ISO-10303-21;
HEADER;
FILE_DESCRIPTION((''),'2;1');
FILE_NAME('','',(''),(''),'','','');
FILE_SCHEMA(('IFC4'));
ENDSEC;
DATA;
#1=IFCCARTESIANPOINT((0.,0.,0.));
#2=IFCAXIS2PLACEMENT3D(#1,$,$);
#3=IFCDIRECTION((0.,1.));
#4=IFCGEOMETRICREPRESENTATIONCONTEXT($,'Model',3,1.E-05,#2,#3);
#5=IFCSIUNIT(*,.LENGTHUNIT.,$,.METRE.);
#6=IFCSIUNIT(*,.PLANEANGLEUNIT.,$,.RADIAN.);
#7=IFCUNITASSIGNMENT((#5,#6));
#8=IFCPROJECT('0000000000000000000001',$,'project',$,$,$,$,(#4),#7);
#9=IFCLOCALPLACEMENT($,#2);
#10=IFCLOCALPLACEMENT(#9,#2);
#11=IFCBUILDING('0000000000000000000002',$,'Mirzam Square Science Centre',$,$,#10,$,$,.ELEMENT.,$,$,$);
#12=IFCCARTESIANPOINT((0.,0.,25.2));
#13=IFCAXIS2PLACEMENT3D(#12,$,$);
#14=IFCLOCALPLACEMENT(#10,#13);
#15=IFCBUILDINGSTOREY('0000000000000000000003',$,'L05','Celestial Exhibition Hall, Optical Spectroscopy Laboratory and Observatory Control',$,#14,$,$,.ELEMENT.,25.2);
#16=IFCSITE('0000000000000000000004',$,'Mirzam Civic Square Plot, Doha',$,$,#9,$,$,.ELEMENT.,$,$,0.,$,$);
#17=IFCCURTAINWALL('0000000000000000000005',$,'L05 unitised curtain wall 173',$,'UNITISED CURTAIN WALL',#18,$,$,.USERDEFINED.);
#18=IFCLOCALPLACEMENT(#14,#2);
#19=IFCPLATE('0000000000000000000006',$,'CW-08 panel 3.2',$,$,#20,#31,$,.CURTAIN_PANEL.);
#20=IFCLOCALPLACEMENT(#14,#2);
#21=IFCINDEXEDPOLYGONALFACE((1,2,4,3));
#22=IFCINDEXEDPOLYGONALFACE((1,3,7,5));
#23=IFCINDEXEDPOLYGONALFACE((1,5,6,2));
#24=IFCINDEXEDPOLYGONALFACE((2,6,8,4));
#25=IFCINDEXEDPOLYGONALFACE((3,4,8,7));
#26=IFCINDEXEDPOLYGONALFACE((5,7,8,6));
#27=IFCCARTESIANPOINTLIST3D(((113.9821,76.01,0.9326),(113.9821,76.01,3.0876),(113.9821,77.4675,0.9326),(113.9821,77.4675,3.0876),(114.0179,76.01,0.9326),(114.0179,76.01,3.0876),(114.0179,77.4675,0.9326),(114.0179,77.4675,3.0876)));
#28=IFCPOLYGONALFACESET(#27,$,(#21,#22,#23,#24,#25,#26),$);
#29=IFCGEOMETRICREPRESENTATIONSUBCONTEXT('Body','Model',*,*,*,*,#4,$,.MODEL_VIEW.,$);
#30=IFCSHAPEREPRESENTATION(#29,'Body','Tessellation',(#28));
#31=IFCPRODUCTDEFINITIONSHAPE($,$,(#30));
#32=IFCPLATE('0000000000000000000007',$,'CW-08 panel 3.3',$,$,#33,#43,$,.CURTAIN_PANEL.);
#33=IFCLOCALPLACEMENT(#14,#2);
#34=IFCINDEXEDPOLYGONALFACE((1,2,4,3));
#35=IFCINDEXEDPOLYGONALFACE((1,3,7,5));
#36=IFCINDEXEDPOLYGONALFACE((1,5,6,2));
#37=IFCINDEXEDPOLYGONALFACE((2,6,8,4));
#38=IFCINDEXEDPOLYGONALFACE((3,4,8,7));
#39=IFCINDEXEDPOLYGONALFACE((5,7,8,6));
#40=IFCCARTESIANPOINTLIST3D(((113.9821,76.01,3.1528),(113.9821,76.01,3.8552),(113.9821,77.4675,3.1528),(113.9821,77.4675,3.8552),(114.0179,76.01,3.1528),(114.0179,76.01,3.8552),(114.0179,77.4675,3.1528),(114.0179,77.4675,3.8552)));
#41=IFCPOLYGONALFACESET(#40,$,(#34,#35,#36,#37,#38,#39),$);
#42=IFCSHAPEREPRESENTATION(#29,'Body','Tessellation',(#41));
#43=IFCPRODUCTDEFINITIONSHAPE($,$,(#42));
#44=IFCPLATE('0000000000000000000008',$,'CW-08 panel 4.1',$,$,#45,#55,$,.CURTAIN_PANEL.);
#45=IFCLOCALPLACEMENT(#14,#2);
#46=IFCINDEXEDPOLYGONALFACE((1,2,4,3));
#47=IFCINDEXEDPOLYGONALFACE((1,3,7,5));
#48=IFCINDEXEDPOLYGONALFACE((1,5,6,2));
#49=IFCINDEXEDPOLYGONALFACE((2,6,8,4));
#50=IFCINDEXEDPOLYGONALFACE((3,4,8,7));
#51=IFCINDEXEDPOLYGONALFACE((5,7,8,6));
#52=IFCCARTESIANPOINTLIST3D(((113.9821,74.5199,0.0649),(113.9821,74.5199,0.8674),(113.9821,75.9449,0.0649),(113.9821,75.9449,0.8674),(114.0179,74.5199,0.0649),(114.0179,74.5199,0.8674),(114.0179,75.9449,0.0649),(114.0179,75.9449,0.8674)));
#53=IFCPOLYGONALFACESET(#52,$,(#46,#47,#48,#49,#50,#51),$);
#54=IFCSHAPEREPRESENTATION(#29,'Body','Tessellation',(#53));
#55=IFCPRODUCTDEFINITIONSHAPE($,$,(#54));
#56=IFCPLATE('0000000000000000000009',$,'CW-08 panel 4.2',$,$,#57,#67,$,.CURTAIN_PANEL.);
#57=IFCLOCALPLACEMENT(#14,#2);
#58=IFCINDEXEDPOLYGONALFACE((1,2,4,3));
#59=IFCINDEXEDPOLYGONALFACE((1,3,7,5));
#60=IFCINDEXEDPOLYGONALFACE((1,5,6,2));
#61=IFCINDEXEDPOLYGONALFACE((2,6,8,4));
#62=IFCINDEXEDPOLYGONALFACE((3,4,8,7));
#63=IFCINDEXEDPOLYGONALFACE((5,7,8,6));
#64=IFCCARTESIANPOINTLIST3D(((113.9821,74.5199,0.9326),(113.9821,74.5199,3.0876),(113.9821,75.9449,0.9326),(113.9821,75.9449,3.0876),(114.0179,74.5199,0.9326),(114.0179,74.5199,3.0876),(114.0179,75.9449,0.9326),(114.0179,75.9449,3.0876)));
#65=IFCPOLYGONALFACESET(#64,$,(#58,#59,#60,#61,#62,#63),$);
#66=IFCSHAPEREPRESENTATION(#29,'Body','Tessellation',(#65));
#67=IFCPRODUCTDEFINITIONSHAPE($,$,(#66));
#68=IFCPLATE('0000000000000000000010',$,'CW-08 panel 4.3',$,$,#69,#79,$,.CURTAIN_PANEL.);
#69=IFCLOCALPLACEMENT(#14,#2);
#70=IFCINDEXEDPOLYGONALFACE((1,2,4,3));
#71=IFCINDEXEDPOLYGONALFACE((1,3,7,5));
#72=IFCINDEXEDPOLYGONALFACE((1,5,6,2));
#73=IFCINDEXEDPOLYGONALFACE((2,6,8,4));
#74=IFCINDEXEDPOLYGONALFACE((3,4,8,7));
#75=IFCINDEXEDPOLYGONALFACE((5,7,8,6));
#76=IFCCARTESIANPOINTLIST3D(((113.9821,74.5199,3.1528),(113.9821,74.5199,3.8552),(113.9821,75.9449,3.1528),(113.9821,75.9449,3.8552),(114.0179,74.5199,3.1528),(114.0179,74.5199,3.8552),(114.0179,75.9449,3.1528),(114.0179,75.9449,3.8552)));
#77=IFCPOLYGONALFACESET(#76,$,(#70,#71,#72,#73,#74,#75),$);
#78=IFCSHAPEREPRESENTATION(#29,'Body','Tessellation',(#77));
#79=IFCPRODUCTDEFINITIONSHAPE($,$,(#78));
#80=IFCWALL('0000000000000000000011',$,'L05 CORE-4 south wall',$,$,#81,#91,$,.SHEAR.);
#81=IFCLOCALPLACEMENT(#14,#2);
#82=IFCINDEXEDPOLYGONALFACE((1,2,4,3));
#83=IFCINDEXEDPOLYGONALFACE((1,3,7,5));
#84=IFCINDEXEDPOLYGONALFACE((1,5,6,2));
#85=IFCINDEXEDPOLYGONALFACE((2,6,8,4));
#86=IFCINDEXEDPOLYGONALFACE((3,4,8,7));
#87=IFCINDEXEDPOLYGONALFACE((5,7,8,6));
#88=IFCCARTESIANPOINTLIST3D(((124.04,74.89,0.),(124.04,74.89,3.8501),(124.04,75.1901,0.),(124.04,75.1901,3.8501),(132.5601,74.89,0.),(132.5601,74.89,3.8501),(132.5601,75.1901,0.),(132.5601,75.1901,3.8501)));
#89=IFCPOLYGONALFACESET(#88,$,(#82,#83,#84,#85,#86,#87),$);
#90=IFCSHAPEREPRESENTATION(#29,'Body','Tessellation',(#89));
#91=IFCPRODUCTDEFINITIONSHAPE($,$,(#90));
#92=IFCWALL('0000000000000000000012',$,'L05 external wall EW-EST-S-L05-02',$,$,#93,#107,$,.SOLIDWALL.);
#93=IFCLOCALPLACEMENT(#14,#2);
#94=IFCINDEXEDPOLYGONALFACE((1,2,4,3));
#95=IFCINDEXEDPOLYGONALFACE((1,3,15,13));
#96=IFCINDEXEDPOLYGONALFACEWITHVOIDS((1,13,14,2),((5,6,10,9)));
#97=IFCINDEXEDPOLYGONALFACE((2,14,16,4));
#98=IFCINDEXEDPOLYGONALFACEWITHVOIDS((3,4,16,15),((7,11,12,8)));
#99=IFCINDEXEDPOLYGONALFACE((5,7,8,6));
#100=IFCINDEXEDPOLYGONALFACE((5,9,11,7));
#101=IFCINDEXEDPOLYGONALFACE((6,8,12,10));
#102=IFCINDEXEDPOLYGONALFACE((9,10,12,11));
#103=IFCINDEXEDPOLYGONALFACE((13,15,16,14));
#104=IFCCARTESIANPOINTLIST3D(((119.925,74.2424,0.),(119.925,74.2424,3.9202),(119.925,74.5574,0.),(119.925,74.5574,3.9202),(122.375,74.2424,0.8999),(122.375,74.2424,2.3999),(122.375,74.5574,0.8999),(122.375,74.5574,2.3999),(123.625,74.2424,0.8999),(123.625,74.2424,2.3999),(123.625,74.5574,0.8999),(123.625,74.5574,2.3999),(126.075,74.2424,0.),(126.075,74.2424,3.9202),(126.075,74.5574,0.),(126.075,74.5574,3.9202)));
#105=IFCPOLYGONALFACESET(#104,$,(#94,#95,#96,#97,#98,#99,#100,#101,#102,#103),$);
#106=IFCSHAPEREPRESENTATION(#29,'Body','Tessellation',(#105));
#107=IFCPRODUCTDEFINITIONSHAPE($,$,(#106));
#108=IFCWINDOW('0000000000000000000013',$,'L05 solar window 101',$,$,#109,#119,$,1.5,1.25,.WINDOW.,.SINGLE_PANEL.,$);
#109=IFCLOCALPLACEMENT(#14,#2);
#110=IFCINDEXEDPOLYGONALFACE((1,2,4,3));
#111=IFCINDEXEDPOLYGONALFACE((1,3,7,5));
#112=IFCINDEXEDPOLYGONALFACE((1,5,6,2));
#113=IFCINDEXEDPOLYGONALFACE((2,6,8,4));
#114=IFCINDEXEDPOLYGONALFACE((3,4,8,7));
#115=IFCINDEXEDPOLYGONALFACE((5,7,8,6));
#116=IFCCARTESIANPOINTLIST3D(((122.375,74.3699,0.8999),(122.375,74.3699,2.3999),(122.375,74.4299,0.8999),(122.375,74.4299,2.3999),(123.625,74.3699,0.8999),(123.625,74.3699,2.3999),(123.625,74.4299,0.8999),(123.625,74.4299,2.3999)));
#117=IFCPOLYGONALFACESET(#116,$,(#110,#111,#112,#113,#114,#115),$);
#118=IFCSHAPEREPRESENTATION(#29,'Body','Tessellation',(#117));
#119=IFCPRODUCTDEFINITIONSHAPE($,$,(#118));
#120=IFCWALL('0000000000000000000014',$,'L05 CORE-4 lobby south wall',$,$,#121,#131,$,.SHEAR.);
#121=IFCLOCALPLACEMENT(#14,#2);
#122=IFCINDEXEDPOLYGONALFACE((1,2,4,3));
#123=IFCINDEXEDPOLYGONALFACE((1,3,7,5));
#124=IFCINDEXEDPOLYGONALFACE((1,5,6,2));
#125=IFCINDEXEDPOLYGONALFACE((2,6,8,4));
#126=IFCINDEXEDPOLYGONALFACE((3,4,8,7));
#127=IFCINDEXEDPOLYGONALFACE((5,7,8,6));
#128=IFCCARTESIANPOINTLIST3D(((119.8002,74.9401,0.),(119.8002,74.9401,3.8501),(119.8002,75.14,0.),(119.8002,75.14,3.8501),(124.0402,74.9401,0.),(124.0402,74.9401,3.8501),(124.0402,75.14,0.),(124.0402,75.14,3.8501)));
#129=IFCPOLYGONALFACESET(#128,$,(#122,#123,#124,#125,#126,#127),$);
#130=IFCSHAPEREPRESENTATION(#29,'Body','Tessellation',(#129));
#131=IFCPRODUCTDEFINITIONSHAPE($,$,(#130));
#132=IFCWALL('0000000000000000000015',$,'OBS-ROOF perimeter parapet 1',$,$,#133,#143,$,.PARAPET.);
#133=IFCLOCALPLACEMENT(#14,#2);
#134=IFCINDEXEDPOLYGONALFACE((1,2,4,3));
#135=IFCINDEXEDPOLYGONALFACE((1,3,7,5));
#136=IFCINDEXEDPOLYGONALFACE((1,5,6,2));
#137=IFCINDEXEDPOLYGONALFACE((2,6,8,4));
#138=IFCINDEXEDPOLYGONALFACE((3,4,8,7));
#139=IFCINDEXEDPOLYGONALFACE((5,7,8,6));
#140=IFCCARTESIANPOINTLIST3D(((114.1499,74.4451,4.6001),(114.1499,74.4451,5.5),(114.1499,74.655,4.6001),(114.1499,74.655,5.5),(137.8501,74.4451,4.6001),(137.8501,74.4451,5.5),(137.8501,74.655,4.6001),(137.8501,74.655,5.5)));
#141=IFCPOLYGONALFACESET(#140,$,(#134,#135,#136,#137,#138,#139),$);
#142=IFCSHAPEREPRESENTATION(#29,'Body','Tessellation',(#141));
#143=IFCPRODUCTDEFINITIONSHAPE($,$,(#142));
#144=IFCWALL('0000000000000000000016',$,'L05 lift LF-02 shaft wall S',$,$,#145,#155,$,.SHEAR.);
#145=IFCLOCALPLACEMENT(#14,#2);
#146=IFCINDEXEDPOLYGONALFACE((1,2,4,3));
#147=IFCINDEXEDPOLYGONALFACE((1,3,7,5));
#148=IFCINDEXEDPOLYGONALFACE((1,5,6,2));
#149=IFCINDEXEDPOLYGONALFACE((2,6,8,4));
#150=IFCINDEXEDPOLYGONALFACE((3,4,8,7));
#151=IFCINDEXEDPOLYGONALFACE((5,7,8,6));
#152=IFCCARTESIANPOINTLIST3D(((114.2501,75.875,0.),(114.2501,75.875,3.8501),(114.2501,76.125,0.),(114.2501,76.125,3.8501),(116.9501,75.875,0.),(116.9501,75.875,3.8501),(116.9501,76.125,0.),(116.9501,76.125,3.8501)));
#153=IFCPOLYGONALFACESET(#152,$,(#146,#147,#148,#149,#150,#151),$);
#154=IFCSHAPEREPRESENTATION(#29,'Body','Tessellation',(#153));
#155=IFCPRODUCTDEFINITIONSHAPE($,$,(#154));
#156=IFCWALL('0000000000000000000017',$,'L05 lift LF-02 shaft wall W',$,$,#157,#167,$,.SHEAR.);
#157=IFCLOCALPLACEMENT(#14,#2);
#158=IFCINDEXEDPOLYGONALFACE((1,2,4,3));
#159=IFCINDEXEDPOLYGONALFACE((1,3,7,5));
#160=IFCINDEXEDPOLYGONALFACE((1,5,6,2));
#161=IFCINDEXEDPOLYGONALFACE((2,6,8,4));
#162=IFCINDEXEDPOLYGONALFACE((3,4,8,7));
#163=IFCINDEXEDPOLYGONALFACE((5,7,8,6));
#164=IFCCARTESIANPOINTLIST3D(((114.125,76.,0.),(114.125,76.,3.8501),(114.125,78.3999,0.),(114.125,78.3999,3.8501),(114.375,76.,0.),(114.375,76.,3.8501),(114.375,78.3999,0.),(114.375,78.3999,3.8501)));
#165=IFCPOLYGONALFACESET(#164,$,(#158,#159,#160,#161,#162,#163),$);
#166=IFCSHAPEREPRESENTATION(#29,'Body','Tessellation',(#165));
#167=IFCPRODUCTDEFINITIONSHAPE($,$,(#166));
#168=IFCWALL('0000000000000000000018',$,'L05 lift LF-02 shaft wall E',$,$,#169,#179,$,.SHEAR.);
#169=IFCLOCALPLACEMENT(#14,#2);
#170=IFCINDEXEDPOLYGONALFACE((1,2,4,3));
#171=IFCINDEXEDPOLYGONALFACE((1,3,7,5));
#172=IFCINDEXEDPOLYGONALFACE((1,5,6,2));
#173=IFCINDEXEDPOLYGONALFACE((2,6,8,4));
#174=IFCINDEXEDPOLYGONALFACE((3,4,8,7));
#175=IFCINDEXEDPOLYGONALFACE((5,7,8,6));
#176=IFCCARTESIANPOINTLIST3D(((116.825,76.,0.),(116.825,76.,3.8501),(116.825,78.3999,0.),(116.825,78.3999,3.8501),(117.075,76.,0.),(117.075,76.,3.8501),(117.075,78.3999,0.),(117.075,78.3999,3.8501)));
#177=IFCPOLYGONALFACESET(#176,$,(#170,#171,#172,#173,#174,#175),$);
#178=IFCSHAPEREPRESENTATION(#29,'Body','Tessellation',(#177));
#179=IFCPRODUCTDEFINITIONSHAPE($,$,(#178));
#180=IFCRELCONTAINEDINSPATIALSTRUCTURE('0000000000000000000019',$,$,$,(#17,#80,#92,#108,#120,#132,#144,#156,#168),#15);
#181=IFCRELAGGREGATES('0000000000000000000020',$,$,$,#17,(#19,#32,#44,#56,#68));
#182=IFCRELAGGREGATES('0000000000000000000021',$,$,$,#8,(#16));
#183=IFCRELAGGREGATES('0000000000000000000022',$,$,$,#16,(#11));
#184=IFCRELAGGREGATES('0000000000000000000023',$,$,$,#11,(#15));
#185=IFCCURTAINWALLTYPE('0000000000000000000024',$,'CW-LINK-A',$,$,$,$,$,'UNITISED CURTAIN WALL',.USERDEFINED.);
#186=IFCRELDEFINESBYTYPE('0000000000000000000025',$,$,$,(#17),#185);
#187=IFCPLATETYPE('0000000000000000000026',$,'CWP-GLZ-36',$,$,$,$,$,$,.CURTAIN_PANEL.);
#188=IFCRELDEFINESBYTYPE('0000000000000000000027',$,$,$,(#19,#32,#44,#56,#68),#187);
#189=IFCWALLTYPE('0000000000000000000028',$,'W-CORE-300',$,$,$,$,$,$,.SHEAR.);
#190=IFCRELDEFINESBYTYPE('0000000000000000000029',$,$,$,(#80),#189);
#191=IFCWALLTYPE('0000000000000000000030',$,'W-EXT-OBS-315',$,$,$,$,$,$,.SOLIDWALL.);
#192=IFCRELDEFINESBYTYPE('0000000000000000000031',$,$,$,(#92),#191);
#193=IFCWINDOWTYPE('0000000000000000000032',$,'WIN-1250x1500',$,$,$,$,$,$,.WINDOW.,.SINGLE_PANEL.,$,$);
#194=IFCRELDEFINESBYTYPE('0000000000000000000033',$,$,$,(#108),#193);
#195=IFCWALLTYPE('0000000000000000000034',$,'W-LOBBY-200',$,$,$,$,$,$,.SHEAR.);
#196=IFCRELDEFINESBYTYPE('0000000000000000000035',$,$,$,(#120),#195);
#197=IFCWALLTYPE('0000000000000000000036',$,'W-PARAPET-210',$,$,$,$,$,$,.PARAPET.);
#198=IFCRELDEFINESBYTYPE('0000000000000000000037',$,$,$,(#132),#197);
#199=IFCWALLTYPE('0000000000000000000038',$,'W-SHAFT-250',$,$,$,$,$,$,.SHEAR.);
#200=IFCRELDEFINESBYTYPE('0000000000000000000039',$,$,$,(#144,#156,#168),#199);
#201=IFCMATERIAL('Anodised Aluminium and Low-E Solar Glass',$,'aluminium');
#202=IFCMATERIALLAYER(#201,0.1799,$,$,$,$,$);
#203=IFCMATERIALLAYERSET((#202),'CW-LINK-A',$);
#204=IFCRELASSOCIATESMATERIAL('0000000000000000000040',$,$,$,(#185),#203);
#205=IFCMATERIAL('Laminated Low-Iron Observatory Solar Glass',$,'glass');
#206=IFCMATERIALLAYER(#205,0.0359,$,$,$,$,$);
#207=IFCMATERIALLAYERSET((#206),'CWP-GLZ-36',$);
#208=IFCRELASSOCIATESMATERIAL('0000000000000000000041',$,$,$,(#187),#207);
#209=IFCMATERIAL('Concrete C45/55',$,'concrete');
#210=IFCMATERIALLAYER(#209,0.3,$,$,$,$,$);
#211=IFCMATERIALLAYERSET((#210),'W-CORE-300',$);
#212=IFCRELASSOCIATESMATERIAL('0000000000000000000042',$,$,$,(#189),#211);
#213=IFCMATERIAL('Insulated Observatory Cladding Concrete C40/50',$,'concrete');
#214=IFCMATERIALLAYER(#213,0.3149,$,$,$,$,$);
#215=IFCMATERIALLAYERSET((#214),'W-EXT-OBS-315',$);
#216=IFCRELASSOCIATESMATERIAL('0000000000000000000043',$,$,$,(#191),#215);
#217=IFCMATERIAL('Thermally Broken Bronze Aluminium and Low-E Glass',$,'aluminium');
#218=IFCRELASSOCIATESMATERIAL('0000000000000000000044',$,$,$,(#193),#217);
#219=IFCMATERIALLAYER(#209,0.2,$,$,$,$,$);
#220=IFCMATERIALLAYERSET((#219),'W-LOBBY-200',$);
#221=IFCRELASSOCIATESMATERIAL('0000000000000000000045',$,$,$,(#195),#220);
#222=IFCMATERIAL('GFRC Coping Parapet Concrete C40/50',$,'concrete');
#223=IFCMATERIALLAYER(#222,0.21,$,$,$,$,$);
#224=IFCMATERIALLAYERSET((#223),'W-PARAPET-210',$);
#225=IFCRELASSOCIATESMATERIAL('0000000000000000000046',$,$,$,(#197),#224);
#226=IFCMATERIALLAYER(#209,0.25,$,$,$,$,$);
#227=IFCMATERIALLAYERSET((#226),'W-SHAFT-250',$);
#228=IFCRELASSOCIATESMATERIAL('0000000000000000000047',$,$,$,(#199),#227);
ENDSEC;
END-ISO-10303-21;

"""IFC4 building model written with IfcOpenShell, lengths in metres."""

from ifc_helpers import new_model, si_unit, direction, frame, frame_2d, origin, origin_2d, place, context, subcontext, project, spatial, rectangle, extrude, material, layer, layer_set, type_object, element, fill, aggregate, save


model = new_model("IFC4")

# Units and contexts
model_context = context("Model", 3, precision=1e-05, world=origin(), true_north=direction((0.0, 1.0)))
body_context = subcontext(model_context, "Body", "Model", "MODEL_VIEW")
ifc_project = project(units=[si_unit("LENGTHUNIT", "METRE"), si_unit("PLANEANGLEUNIT", "RADIAN")], contexts=[model_context])

# Site, building, storey
site_placement = place(None, origin())
site = spatial("IfcSite", under=ifc_project, at=site_placement, Name="Mirzam Civic Square Plot, Doha", CompositionType="ELEMENT", RefElevation=0.0)
building_placement = place(site_placement, origin())
building = spatial("IfcBuilding", under=site, at=building_placement, Name="Mirzam Square Science Centre", CompositionType="ELEMENT")
storey_placement = place(building_placement, frame((0.0, 0.0, 25.2)))
storey = spatial("IfcBuildingStorey", under=building, at=storey_placement, Name="L05", Description="Celestial Exhibition Hall, Optical Spectroscopy Laboratory and Observatory Control", CompositionType="ELEMENT", Elevation=25.2)

# Curtain wall
ifc_material_1 = material(Name="Anodised Aluminium and Low-E Solar Glass", Category="aluminium")
ifc_layer_1 = layer(ifc_material_1, 0.1799)
ifc_layer_set_1 = layer_set([ifc_layer_1], Name="CW-LINK-A")
curtain_wall_type = type_object("IfcCurtainWallType", Name="CW-LINK-A", ElementType="UNITISED CURTAIN WALL", PredefinedType="USERDEFINED", material=ifc_layer_set_1)
curtain_wall_placement = place(storey_placement, origin())
curtain_wall = element("IfcCurtainWall", 1, at=curtain_wall_placement, inside=storey, type_object=curtain_wall_type, Name="L05 unitised curtain wall 173", ObjectType="UNITISED CURTAIN WALL", PredefinedType="USERDEFINED")

# Plates
ifc_material_2 = material(Name="Laminated Low-Iron Observatory Solar Glass", Category="glass")
ifc_layer_2 = layer(ifc_material_2, 0.0359)
ifc_layer_set_2 = layer_set([ifc_layer_2], Name="CWP-GLZ-36")
plate_type = type_object("IfcPlateType", Name="CWP-GLZ-36", PredefinedType="CURTAIN_PANEL", material=ifc_layer_set_2)
plate_1_placement = place(storey_placement, frame((114.0, 76.7388, 0.9326), z_axis=(0.0, 0.0, 1.0), x_axis=(0.0, -1.0, 0.0)))
plate_1 = element("IfcPlate", 2, at=plate_1_placement, type_object=plate_type, Name="CW-08 panel 3.2", PredefinedType="CURTAIN_PANEL", context=body_context, shape_type="SweptSolid", body=[
    extrude(rectangle(XDim=1.4575, YDim=0.0359, at=origin_2d()), origin(), (0.0, 0.0, 1.0), 2.155),
])
plate_2_placement = place(storey_placement, frame((114.0, 76.7388, 3.1528), z_axis=(0.0, 0.0, 1.0), x_axis=(0.0, -1.0, 0.0)))
plate_2 = element("IfcPlate", 3, at=plate_2_placement, type_object=plate_type, Name="CW-08 panel 3.3", PredefinedType="CURTAIN_PANEL", context=body_context, shape_type="SweptSolid", body=[
    extrude(rectangle(XDim=1.4575, YDim=0.0359, at=origin_2d()), origin(), (0.0, 0.0, 1.0), 0.7024),
])
plate_3_placement = place(storey_placement, frame((114.0, 75.2324, 0.0649), z_axis=(0.0, 0.0, 1.0), x_axis=(0.0, -1.0, 0.0)))
plate_3 = element("IfcPlate", 4, at=plate_3_placement, type_object=plate_type, Name="CW-08 panel 4.1", PredefinedType="CURTAIN_PANEL", context=body_context, shape_type="SweptSolid", body=[
    extrude(rectangle(XDim=1.425, YDim=0.0359, at=origin_2d()), origin(), (0.0, 0.0, 1.0), 0.8025),
])
plate_4_placement = place(storey_placement, frame((114.0, 75.2324, 0.9326), z_axis=(0.0, 0.0, 1.0), x_axis=(0.0, -1.0, 0.0)))
plate_4 = element("IfcPlate", 5, at=plate_4_placement, type_object=plate_type, Name="CW-08 panel 4.2", PredefinedType="CURTAIN_PANEL", context=body_context, shape_type="SweptSolid", body=[
    extrude(rectangle(XDim=1.425, YDim=0.0359, at=origin_2d()), origin(), (0.0, 0.0, 1.0), 2.155),
])
plate_5_placement = place(storey_placement, frame((114.0, 75.2324, 3.1528), z_axis=(0.0, 0.0, 1.0), x_axis=(0.0, -1.0, 0.0)))
plate_5 = element("IfcPlate", 6, at=plate_5_placement, type_object=plate_type, Name="CW-08 panel 4.3", PredefinedType="CURTAIN_PANEL", context=body_context, shape_type="SweptSolid", body=[
    extrude(rectangle(XDim=1.425, YDim=0.0359, at=origin_2d()), origin(), (0.0, 0.0, 1.0), 0.7024),
])
aggregate(curtain_wall, [plate_1, plate_2, plate_3, plate_4, plate_5])

# Wall
ifc_material_3 = material(Name="Concrete C45/55", Category="concrete")
ifc_layer_3 = layer(ifc_material_3, 0.3)
ifc_layer_set_3 = layer_set([ifc_layer_3], Name="W-CORE-300")
wall_type_1 = type_object("IfcWallType", Name="W-CORE-300", PredefinedType="SHEAR", material=ifc_layer_set_3)
wall_1_placement = place(storey_placement, frame((124.04, 75.04, 0.0), z_axis=(0.0, 0.0, 1.0), x_axis=(1.0, 0.0, 0.0)))
element("IfcWall", 7, at=wall_1_placement, inside=storey, type_object=wall_type_1, Name="L05 CORE-4 south wall", PredefinedType="SHEAR", context=body_context, shape_type="SweptSolid", body=[
    extrude(rectangle(XDim=8.52, YDim=0.3, at=frame_2d((4.26, 0.0))), origin(), (0.0, 0.0, 1.0), 3.8501),
])

# Wall, opening, window
ifc_material_4 = material(Name="Insulated Observatory Cladding Concrete C40/50", Category="concrete")
ifc_layer_4 = layer(ifc_material_4, 0.3149)
ifc_layer_set_4 = layer_set([ifc_layer_4], Name="W-EXT-OBS-315")
wall_type_2 = type_object("IfcWallType", Name="W-EXT-OBS-315", PredefinedType="SOLIDWALL", material=ifc_layer_set_4)
wall_2_placement = place(storey_placement, frame((119.925, 74.3999, 0.0), z_axis=(0.0, 0.0, 1.0), x_axis=(1.0, 0.0, 0.0)))
wall_2 = element("IfcWall", 8, at=wall_2_placement, inside=storey, type_object=wall_type_2, Name="L05 external wall EW-EST-S-L05-02", PredefinedType="SOLIDWALL", context=body_context, shape_type="SweptSolid", body=[
    extrude(rectangle(XDim=6.1499, YDim=0.3149, at=frame_2d((3.075, 0.0))), origin(), (0.0, 0.0, 1.0), 3.9202),
])
opening_placement = place(wall_2_placement, frame((2.45, 0.0, 0.8999)))
opening = element("IfcOpeningElement", 9, at=opening_placement, cuts=wall_2, PredefinedType="OPENING", context=body_context, shape_type="SweptSolid", body=[
    extrude(rectangle(XDim=1.25, YDim=1.5, at=frame_2d((0.625, 0.75))), frame((0.0, 0.1675, 0.0), z_axis=(0.0, -1.0, 0.0), x_axis=(1.0, 0.0, 0.0)), (0.0, 0.0, 1.0), 0.335),
])
ifc_material_5 = material(Name="Thermally Broken Bronze Aluminium and Low-E Glass", Category="aluminium")
window_type = type_object("IfcWindowType", Name="WIN-1250x1500", PartitioningType="SINGLE_PANEL", PredefinedType="WINDOW", material=ifc_material_5)
window_placement = place(opening_placement, origin())
window = element("IfcWindow", 10, at=window_placement, inside=storey, type_object=window_type, Name="L05 solar window 101", OverallHeight=1.5, OverallWidth=1.25, PartitioningType="SINGLE_PANEL", PredefinedType="WINDOW", context=body_context, shape_type="SweptSolid", body=[
    extrude(rectangle(XDim=1.25, YDim=1.5, at=frame_2d((0.625, 0.75))), frame((0.0, 0.03, 0.0), z_axis=(0.0, -1.0, 0.0), x_axis=(1.0, 0.0, 0.0)), (0.0, 0.0, 1.0), 0.0601),
])
fill(opening, window)

# Walls
ifc_layer_5 = layer(ifc_material_3, 0.2)
ifc_layer_set_5 = layer_set([ifc_layer_5], Name="W-LOBBY-200")
wall_type_3 = type_object("IfcWallType", Name="W-LOBBY-200", PredefinedType="SHEAR", material=ifc_layer_set_5)
wall_3_placement = place(storey_placement, frame((119.8, 75.04, 0.0), z_axis=(0.0, 0.0, 1.0), x_axis=(1.0, 0.0, 0.0)))
element("IfcWall", 11, at=wall_3_placement, inside=storey, type_object=wall_type_3, Name="L05 CORE-4 lobby south wall", PredefinedType="SHEAR", context=body_context, shape_type="SweptSolid", body=[
    extrude(rectangle(XDim=4.24, YDim=0.2, at=frame_2d((2.1201, 0.0))), origin(), (0.0, 0.0, 1.0), 3.8501),
])
ifc_material_6 = material(Name="GFRC Coping Parapet Concrete C40/50", Category="concrete")
ifc_layer_6 = layer(ifc_material_6, 0.21)
ifc_layer_set_6 = layer_set([ifc_layer_6], Name="W-PARAPET-210")
wall_type_4 = type_object("IfcWallType", Name="W-PARAPET-210", PredefinedType="PARAPET", material=ifc_layer_set_6)
wall_4_placement = place(storey_placement, frame((114.1499, 74.55, 4.6001), z_axis=(0.0, 0.0, 1.0), x_axis=(1.0, 0.0, 0.0)))
element("IfcWall", 12, at=wall_4_placement, inside=storey, type_object=wall_type_4, Name="OBS-ROOF perimeter parapet 1", PredefinedType="PARAPET", context=body_context, shape_type="SweptSolid", body=[
    extrude(rectangle(XDim=23.7002, YDim=0.21, at=frame_2d((11.8501, 0.0))), origin(), (0.0, 0.0, 1.0), 0.8999),
])
ifc_layer_7 = layer(ifc_material_3, 0.25)
ifc_layer_set_7 = layer_set([ifc_layer_7], Name="W-SHAFT-250")
wall_type_5 = type_object("IfcWallType", Name="W-SHAFT-250", PredefinedType="SHEAR", material=ifc_layer_set_7)
wall_5_placement = place(storey_placement, frame((114.25, 76.0, 0.0), z_axis=(0.0, 0.0, 1.0), x_axis=(1.0, 0.0, 0.0)))
element("IfcWall", 13, at=wall_5_placement, inside=storey, type_object=wall_type_5, Name="L05 lift LF-02 shaft wall S", PredefinedType="SHEAR", context=body_context, shape_type="SweptSolid", body=[
    extrude(rectangle(XDim=2.7, YDim=0.25, at=frame_2d((1.3501, 0.0))), origin(), (0.0, 0.0, 1.0), 3.8501),
])
for number, where, z_axis, x_axis, name in (
    (14, (114.25, 78.3999, 0.0), (0.0, 0.0, 1.0), (0.0, -1.0, 0.0), "L05 lift LF-02 shaft wall W"),
    (15, (116.95, 76.0, 0.0), (0.0, 0.0, 1.0), (0.0, 1.0, 0.0), "L05 lift LF-02 shaft wall E"),
):
    element("IfcWall", number, at=place(storey_placement, frame(where, z_axis=z_axis, x_axis=x_axis)), inside=storey, type_object=wall_type_5, Name=name, PredefinedType="SHEAR", context=body_context, shape_type="SweptSolid", body=[
        extrude(rectangle(XDim=2.3999, YDim=0.25, at=frame_2d((1.2, 0.0))), origin(), (0.0, 0.0, 1.0), 3.8501),
    ])

save(model, "model.ifc")
